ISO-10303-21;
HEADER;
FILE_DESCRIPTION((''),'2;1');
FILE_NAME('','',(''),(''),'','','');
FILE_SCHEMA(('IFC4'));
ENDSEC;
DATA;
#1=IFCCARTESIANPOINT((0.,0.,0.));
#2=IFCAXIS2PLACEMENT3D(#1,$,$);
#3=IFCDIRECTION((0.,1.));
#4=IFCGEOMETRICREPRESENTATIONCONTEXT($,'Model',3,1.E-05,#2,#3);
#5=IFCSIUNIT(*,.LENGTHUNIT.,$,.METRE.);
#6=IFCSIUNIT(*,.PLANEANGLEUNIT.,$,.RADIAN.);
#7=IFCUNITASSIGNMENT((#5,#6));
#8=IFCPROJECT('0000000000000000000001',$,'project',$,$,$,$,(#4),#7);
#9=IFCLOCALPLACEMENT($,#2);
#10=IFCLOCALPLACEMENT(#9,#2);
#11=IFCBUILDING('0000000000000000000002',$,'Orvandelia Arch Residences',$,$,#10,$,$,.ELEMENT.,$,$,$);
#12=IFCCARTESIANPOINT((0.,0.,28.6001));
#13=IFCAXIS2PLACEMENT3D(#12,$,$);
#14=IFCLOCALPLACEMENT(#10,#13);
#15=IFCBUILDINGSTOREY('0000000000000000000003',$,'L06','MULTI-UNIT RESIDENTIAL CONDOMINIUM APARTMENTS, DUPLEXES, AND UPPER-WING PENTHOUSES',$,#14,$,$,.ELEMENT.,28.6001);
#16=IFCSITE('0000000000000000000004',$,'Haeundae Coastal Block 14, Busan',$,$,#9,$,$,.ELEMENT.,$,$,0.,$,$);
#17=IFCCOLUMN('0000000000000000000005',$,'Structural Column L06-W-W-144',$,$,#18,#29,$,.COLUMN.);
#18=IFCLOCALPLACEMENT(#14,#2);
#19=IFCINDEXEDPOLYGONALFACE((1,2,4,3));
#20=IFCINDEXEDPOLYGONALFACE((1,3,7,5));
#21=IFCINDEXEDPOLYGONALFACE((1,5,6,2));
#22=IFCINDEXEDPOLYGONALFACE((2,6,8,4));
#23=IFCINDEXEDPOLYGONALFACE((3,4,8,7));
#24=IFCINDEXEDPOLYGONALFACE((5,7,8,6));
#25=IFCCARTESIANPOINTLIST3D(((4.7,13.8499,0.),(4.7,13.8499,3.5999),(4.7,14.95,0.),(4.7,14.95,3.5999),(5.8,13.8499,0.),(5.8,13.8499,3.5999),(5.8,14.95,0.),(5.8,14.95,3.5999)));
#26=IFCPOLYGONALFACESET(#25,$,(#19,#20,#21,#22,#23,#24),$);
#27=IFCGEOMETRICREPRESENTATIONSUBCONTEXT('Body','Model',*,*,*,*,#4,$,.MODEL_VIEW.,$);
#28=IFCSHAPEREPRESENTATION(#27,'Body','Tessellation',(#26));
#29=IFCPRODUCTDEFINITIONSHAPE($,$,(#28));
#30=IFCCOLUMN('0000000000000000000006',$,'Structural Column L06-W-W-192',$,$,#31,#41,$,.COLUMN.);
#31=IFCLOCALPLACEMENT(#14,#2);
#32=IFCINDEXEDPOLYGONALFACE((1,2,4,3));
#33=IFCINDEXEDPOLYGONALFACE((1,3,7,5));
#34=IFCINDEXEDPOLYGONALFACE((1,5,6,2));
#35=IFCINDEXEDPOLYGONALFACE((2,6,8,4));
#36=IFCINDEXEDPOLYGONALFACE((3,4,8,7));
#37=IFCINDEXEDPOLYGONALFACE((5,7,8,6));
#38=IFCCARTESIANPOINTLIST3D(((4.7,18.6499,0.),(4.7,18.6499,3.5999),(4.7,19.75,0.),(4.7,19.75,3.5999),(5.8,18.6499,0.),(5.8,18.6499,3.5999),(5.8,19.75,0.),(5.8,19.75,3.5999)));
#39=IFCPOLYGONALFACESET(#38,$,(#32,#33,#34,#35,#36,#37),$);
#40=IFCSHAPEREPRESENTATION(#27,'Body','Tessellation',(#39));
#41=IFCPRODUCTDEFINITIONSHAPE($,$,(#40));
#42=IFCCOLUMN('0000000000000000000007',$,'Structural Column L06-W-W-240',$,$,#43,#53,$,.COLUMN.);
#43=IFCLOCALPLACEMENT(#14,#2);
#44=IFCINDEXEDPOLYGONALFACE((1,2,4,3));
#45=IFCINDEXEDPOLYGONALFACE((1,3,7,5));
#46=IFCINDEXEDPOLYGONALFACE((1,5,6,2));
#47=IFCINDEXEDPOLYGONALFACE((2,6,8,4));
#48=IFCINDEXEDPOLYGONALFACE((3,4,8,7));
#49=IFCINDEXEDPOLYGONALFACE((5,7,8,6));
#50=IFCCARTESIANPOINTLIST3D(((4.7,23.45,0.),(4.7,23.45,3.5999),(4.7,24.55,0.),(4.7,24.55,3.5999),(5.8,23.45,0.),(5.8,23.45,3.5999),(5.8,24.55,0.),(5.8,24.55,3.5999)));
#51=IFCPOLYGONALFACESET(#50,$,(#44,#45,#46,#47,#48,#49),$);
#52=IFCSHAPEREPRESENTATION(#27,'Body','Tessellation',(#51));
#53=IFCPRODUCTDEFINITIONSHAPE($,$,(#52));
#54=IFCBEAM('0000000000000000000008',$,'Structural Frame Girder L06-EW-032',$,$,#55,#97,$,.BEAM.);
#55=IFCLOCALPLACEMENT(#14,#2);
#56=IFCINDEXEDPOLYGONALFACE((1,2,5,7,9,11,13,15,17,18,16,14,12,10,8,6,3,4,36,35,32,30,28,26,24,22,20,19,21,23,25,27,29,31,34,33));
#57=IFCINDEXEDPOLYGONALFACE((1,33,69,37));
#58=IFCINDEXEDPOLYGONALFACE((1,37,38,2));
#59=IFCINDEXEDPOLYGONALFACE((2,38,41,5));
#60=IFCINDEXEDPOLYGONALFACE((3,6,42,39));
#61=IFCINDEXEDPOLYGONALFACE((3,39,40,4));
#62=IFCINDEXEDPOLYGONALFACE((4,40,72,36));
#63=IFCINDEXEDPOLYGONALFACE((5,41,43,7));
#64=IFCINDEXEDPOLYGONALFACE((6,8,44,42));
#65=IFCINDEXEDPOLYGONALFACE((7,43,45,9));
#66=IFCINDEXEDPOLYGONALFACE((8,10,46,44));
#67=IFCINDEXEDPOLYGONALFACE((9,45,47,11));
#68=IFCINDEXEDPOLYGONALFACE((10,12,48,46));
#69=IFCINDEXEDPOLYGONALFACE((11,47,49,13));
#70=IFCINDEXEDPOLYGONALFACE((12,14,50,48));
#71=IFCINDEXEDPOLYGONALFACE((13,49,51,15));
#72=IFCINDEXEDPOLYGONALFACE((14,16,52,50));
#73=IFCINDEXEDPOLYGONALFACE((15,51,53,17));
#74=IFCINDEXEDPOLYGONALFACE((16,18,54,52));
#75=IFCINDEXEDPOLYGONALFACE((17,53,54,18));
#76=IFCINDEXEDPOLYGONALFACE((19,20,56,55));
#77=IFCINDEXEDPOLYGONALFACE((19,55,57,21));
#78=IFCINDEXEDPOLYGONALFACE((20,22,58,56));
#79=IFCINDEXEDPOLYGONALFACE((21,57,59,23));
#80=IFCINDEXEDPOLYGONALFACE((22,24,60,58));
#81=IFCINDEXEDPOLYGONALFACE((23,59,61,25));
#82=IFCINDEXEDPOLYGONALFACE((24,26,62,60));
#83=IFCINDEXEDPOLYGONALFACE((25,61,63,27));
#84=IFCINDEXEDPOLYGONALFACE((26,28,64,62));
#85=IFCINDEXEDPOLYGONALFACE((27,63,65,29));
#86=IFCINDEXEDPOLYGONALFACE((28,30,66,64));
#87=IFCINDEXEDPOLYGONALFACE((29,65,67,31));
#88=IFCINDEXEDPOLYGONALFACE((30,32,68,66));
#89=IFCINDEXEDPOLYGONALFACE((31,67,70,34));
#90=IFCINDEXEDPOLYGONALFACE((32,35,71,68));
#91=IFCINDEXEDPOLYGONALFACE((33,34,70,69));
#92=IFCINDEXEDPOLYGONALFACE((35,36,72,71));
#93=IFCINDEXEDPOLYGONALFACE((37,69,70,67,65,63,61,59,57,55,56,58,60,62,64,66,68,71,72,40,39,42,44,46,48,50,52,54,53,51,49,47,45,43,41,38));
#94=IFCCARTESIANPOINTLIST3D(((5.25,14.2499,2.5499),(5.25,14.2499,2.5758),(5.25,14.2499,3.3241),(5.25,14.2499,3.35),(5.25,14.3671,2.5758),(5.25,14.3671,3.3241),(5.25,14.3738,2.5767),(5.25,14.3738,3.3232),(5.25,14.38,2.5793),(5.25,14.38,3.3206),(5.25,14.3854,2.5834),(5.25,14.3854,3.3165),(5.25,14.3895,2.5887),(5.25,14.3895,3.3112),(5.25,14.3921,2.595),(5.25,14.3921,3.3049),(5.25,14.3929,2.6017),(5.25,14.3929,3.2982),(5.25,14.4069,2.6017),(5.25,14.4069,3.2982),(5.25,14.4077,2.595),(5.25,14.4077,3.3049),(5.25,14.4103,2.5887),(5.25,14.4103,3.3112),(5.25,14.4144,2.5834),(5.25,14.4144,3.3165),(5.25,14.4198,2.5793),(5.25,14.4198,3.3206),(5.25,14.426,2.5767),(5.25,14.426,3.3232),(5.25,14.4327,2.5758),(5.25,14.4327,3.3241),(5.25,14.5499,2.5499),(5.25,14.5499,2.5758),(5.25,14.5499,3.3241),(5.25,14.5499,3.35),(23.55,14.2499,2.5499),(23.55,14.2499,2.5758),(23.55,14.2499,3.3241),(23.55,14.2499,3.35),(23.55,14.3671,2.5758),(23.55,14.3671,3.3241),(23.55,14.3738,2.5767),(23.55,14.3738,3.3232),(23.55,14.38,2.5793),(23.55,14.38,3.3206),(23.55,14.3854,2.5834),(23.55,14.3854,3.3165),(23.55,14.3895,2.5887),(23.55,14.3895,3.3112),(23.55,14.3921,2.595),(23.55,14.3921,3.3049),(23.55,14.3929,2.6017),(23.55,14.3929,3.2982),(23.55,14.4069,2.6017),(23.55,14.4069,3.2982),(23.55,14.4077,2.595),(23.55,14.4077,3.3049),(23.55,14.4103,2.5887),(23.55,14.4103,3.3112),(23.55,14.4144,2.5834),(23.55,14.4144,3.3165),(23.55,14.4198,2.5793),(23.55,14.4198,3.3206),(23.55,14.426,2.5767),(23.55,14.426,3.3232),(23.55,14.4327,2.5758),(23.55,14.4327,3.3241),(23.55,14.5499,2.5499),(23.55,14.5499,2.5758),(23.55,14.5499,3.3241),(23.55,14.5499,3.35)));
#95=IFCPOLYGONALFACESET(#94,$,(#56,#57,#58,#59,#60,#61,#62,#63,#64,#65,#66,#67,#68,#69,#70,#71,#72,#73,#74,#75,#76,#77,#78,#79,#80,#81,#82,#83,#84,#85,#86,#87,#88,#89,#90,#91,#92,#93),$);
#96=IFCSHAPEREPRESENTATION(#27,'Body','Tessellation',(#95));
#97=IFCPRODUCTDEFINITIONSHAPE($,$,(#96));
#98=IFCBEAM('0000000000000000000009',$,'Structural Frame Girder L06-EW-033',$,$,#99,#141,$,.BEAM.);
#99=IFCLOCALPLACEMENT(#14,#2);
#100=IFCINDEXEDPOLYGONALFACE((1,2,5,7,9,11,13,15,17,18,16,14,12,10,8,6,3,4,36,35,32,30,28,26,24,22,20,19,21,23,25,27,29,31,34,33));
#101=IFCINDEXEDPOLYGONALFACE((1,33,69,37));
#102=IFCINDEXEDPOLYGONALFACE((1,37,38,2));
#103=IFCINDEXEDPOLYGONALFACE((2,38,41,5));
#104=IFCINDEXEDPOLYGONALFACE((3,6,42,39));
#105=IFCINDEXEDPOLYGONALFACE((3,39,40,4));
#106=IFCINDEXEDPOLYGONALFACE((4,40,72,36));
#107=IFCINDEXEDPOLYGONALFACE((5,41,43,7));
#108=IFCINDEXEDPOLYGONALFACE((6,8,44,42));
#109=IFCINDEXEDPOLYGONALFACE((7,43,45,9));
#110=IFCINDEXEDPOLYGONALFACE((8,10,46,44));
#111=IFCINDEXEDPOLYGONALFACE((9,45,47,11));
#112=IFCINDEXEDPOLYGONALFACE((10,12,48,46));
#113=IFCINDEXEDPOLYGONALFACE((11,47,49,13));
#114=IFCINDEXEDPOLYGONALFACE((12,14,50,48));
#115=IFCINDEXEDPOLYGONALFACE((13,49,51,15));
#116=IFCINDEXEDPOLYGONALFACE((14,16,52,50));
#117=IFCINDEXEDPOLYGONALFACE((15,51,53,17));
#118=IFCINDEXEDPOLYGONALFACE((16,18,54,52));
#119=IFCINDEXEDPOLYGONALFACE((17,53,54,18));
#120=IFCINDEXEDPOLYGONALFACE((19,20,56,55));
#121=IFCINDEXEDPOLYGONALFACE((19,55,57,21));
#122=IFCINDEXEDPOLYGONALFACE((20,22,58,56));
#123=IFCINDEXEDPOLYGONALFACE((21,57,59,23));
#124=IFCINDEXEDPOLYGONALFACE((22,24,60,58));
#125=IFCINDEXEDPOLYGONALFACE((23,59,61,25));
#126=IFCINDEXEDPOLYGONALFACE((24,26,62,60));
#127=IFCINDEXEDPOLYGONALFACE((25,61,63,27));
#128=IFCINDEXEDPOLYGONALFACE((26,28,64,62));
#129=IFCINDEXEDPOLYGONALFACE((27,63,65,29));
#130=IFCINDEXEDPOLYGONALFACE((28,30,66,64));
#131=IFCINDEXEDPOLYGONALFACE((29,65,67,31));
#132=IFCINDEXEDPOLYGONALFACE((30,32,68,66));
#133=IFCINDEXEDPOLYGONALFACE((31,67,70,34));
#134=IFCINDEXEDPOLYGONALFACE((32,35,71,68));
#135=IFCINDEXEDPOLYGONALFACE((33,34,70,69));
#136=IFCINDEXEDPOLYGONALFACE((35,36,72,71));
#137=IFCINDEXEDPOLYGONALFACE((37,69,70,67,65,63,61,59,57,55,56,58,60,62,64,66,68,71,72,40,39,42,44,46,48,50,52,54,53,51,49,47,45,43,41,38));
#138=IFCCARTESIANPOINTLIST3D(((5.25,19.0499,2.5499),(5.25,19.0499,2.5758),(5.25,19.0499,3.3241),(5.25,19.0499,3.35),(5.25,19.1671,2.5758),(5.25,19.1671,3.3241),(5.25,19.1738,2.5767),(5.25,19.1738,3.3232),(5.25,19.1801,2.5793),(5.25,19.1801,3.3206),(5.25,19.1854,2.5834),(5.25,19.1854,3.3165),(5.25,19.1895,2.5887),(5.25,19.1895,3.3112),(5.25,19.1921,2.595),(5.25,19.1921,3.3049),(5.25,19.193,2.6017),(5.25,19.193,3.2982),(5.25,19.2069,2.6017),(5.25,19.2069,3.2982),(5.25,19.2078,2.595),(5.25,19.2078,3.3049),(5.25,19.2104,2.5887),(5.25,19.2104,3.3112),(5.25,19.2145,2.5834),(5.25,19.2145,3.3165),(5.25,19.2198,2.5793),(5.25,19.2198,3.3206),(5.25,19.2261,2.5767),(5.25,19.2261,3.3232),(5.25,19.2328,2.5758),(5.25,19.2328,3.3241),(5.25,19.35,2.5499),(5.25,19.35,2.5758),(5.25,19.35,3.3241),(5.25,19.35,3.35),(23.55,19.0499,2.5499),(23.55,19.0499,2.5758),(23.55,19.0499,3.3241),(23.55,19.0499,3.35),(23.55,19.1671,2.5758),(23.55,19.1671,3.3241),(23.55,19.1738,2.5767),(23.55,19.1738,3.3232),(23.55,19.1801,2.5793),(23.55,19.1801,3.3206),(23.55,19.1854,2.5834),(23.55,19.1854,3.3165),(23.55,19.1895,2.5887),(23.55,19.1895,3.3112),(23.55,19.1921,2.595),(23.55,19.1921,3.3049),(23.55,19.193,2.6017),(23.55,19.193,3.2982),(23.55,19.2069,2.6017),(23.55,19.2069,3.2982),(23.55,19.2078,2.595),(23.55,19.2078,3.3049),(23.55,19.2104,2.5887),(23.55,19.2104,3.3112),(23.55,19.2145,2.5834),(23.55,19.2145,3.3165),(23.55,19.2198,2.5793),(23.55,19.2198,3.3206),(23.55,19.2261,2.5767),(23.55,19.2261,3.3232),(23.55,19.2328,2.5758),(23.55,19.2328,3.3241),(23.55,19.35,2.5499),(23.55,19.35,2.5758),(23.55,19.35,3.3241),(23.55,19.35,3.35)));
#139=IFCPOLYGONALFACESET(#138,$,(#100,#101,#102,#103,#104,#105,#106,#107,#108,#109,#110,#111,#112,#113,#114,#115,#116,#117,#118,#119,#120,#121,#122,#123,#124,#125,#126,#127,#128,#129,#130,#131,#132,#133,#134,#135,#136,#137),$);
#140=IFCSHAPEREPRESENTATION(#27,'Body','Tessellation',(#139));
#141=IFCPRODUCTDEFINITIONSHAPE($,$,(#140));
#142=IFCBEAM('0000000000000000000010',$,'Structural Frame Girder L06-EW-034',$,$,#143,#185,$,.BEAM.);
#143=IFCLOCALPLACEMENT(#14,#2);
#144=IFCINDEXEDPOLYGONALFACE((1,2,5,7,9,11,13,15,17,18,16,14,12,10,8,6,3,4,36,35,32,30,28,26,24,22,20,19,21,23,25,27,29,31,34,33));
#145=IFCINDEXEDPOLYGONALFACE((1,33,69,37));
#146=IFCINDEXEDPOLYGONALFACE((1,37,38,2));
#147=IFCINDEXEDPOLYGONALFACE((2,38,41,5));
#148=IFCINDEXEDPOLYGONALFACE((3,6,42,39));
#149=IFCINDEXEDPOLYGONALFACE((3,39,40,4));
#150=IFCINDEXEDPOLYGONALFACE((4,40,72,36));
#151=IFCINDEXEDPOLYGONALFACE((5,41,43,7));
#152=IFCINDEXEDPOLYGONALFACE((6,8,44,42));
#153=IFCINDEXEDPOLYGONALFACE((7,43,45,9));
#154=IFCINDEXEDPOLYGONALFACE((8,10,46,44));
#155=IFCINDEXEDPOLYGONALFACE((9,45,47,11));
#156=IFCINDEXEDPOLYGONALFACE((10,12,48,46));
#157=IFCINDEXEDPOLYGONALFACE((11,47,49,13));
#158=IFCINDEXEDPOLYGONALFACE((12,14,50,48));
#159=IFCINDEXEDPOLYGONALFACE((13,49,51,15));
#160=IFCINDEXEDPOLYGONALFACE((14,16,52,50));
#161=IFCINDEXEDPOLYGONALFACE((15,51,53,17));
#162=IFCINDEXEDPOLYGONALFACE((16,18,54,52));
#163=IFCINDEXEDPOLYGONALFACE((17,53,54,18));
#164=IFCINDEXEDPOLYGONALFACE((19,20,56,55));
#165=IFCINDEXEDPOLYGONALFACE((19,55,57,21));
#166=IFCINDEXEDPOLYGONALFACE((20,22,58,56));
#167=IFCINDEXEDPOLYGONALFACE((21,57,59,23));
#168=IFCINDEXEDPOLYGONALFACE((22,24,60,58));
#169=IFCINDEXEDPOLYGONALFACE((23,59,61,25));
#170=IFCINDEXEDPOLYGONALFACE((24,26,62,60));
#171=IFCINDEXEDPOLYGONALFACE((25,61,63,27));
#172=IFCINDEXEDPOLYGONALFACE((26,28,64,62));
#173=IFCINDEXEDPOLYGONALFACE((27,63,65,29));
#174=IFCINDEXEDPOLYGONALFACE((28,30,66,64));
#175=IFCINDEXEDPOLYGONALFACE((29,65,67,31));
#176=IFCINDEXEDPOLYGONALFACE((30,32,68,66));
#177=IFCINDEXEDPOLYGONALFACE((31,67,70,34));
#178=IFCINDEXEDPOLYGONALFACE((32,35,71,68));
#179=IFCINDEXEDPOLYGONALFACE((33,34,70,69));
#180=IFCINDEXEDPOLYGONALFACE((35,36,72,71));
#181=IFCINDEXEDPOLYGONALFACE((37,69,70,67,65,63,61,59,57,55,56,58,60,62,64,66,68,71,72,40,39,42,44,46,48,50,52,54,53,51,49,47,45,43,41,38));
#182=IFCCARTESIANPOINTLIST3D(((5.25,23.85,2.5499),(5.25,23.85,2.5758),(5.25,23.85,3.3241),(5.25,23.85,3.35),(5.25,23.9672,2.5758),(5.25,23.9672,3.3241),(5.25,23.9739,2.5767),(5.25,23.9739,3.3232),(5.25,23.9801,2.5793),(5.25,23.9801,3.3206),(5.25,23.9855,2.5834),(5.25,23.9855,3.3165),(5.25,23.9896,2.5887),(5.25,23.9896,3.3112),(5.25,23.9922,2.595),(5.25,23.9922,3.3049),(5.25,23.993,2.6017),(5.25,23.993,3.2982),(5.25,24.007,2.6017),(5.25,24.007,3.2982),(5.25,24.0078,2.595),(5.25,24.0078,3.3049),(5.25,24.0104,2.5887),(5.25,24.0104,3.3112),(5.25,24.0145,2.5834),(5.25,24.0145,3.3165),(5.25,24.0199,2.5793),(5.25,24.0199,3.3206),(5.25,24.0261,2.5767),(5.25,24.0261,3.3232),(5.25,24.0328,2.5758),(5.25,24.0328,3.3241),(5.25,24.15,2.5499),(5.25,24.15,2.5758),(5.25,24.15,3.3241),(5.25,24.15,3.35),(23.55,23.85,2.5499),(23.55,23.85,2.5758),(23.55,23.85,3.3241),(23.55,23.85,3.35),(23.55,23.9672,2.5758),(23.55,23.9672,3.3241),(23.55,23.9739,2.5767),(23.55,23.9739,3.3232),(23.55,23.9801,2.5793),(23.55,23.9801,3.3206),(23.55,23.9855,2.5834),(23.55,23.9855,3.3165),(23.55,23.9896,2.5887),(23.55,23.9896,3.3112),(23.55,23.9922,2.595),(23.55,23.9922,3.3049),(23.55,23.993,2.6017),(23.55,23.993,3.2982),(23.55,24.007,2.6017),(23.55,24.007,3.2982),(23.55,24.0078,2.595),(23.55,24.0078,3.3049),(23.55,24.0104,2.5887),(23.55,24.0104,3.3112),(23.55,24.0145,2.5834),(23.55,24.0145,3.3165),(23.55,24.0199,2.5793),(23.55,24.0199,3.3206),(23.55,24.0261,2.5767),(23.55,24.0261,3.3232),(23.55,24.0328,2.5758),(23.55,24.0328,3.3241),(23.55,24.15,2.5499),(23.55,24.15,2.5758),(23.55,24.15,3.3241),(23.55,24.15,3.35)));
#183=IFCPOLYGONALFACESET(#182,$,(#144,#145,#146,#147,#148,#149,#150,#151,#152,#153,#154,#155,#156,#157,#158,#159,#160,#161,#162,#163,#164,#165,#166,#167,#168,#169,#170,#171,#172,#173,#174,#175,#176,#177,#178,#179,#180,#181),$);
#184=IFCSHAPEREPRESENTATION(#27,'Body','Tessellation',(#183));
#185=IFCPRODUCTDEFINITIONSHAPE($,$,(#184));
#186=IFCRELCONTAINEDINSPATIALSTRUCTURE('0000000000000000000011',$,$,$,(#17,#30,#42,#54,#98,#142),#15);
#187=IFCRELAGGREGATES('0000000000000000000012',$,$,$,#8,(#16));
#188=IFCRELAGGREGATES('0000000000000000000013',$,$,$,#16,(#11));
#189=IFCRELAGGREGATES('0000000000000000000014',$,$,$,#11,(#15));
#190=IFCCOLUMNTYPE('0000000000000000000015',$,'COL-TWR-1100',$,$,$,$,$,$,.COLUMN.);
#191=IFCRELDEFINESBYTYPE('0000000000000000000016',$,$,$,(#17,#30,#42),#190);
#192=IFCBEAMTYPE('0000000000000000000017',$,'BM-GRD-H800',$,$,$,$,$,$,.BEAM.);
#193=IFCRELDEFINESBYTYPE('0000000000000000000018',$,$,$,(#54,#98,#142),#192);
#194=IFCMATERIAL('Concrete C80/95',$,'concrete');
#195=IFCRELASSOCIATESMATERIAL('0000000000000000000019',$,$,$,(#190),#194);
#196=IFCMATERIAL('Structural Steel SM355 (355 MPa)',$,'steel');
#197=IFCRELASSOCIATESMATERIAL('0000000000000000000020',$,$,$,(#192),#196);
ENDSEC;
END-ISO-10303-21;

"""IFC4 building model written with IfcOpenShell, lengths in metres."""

from ifc_helpers import new_model, si_unit, direction, frame, origin, origin_2d, place, context, subcontext, project, spatial, rectangle, i_section, extrude, material, material_profile, profile_set, type_object, element, save


model = new_model("IFC4")

# Units and contexts
model_context = context("Model", 3, precision=1e-05, world=origin(), true_north=direction((0.0, 1.0)))
body_context = subcontext(model_context, "Body", "Model", "MODEL_VIEW")
ifc_project = project(units=[si_unit("LENGTHUNIT", "METRE"), si_unit("PLANEANGLEUNIT", "RADIAN")], contexts=[model_context])

# Site, building, storey
site_placement = place(None, origin())
site = spatial("IfcSite", under=ifc_project, at=site_placement, Name="Haeundae Coastal Block 14, Busan", CompositionType="ELEMENT", RefElevation=0.0)
building_placement = place(site_placement, origin())
building = spatial("IfcBuilding", under=site, at=building_placement, Name="Orvandelia Arch Residences", CompositionType="ELEMENT")
storey_placement = place(building_placement, frame((0.0, 0.0, 28.6001)))
storey = spatial("IfcBuildingStorey", under=building, at=storey_placement, Name="L06", Description="MULTI-UNIT RESIDENTIAL CONDOMINIUM APARTMENTS, DUPLEXES, AND UPPER-WING PENTHOUSES", CompositionType="ELEMENT", Elevation=28.6001)

# Columns
ifc_material_1 = material(Name="Concrete C80/95", Category="concrete")
ifc_material_profile_1 = material_profile(ifc_material_1, rectangle(XDim=1.1001, YDim=1.1001, at=origin_2d()), Name="Concrete C80/95", Category="concrete")
ifc_profile_set_1 = profile_set([ifc_material_profile_1], Name="Concrete C80/95")
column_type = type_object("IfcColumnType", Name="COL-TWR-1100", PredefinedType="COLUMN", material=ifc_profile_set_1)
for number, where, z_axis, x_axis, name in (
    (1, (5.25, 14.3999, 0.0), (0.0, 0.0, 1.0), (1.0, 0.0, 0.0), "Structural Column L06-W-W-144"),
    (2, (5.25, 19.2, 0.0), (0.0, 0.0, 1.0), (1.0, 0.0, 0.0), "Structural Column L06-W-W-192"),
    (3, (5.25, 24.0, 0.0), (0.0, 0.0, 1.0), (1.0, 0.0, 0.0), "Structural Column L06-W-W-240"),
):
    element("IfcColumn", number, at=place(storey_placement, frame(where, z_axis=z_axis, x_axis=x_axis)), inside=storey, type_object=column_type, Name=name, PredefinedType="COLUMN", context=body_context, shape_type="SweptSolid", body=[
        extrude(rectangle(XDim=1.1001, YDim=1.1001, at=origin_2d()), origin(), (0.0, 0.0, 1.0), 3.5999),
    ])

# Beams
ifc_material_2 = material(Name="Structural Steel SM355 (355 MPa)", Category="steel")
ifc_material_profile_2 = material_profile(ifc_material_2, i_section(OverallWidth=0.3, OverallDepth=0.8, WebThickness=0.0139, FlangeThickness=0.0259, FilletRadius=0.0259, at=origin_2d()), Name="Structural Steel SM355 (355 MPa)", Category="steel")
ifc_profile_set_2 = profile_set([ifc_material_profile_2], Name="Structural Steel SM355 (355 MPa)")
beam_type_1 = type_object("IfcBeamType", Name="BM-GRD-H800", PredefinedType="BEAM", material=ifc_profile_set_2)
for number, where, z_axis, x_axis, name in (
    (4, (5.25, 14.3999, 2.95), (1.0, 0.0, 0.0), (0.0, 1.0, 0.0), "Structural Frame Girder L06-EW-032"),
    (5, (5.25, 19.2, 2.95), (1.0, 0.0, 0.0), (0.0, 1.0, 0.0), "Structural Frame Girder L06-EW-033"),
    (6, (5.25, 24.0, 2.95), (1.0, 0.0, 0.0), (0.0, 1.0, 0.0), "Structural Frame Girder L06-EW-034"),
):
    element("IfcBeam", number, at=place(storey_placement, frame(where, z_axis=z_axis, x_axis=x_axis)), inside=storey, type_object=beam_type_1, Name=name, PredefinedType="BEAM", context=body_context, shape_type="SweptSolid", body=[
        extrude(i_section(OverallWidth=0.3, OverallDepth=0.8, WebThickness=0.0139, FlangeThickness=0.0259, FilletRadius=0.0259, at=origin_2d()), origin(), (0.0, 0.0, 1.0), 18.3),
    ])

save(model, "model.ifc")
